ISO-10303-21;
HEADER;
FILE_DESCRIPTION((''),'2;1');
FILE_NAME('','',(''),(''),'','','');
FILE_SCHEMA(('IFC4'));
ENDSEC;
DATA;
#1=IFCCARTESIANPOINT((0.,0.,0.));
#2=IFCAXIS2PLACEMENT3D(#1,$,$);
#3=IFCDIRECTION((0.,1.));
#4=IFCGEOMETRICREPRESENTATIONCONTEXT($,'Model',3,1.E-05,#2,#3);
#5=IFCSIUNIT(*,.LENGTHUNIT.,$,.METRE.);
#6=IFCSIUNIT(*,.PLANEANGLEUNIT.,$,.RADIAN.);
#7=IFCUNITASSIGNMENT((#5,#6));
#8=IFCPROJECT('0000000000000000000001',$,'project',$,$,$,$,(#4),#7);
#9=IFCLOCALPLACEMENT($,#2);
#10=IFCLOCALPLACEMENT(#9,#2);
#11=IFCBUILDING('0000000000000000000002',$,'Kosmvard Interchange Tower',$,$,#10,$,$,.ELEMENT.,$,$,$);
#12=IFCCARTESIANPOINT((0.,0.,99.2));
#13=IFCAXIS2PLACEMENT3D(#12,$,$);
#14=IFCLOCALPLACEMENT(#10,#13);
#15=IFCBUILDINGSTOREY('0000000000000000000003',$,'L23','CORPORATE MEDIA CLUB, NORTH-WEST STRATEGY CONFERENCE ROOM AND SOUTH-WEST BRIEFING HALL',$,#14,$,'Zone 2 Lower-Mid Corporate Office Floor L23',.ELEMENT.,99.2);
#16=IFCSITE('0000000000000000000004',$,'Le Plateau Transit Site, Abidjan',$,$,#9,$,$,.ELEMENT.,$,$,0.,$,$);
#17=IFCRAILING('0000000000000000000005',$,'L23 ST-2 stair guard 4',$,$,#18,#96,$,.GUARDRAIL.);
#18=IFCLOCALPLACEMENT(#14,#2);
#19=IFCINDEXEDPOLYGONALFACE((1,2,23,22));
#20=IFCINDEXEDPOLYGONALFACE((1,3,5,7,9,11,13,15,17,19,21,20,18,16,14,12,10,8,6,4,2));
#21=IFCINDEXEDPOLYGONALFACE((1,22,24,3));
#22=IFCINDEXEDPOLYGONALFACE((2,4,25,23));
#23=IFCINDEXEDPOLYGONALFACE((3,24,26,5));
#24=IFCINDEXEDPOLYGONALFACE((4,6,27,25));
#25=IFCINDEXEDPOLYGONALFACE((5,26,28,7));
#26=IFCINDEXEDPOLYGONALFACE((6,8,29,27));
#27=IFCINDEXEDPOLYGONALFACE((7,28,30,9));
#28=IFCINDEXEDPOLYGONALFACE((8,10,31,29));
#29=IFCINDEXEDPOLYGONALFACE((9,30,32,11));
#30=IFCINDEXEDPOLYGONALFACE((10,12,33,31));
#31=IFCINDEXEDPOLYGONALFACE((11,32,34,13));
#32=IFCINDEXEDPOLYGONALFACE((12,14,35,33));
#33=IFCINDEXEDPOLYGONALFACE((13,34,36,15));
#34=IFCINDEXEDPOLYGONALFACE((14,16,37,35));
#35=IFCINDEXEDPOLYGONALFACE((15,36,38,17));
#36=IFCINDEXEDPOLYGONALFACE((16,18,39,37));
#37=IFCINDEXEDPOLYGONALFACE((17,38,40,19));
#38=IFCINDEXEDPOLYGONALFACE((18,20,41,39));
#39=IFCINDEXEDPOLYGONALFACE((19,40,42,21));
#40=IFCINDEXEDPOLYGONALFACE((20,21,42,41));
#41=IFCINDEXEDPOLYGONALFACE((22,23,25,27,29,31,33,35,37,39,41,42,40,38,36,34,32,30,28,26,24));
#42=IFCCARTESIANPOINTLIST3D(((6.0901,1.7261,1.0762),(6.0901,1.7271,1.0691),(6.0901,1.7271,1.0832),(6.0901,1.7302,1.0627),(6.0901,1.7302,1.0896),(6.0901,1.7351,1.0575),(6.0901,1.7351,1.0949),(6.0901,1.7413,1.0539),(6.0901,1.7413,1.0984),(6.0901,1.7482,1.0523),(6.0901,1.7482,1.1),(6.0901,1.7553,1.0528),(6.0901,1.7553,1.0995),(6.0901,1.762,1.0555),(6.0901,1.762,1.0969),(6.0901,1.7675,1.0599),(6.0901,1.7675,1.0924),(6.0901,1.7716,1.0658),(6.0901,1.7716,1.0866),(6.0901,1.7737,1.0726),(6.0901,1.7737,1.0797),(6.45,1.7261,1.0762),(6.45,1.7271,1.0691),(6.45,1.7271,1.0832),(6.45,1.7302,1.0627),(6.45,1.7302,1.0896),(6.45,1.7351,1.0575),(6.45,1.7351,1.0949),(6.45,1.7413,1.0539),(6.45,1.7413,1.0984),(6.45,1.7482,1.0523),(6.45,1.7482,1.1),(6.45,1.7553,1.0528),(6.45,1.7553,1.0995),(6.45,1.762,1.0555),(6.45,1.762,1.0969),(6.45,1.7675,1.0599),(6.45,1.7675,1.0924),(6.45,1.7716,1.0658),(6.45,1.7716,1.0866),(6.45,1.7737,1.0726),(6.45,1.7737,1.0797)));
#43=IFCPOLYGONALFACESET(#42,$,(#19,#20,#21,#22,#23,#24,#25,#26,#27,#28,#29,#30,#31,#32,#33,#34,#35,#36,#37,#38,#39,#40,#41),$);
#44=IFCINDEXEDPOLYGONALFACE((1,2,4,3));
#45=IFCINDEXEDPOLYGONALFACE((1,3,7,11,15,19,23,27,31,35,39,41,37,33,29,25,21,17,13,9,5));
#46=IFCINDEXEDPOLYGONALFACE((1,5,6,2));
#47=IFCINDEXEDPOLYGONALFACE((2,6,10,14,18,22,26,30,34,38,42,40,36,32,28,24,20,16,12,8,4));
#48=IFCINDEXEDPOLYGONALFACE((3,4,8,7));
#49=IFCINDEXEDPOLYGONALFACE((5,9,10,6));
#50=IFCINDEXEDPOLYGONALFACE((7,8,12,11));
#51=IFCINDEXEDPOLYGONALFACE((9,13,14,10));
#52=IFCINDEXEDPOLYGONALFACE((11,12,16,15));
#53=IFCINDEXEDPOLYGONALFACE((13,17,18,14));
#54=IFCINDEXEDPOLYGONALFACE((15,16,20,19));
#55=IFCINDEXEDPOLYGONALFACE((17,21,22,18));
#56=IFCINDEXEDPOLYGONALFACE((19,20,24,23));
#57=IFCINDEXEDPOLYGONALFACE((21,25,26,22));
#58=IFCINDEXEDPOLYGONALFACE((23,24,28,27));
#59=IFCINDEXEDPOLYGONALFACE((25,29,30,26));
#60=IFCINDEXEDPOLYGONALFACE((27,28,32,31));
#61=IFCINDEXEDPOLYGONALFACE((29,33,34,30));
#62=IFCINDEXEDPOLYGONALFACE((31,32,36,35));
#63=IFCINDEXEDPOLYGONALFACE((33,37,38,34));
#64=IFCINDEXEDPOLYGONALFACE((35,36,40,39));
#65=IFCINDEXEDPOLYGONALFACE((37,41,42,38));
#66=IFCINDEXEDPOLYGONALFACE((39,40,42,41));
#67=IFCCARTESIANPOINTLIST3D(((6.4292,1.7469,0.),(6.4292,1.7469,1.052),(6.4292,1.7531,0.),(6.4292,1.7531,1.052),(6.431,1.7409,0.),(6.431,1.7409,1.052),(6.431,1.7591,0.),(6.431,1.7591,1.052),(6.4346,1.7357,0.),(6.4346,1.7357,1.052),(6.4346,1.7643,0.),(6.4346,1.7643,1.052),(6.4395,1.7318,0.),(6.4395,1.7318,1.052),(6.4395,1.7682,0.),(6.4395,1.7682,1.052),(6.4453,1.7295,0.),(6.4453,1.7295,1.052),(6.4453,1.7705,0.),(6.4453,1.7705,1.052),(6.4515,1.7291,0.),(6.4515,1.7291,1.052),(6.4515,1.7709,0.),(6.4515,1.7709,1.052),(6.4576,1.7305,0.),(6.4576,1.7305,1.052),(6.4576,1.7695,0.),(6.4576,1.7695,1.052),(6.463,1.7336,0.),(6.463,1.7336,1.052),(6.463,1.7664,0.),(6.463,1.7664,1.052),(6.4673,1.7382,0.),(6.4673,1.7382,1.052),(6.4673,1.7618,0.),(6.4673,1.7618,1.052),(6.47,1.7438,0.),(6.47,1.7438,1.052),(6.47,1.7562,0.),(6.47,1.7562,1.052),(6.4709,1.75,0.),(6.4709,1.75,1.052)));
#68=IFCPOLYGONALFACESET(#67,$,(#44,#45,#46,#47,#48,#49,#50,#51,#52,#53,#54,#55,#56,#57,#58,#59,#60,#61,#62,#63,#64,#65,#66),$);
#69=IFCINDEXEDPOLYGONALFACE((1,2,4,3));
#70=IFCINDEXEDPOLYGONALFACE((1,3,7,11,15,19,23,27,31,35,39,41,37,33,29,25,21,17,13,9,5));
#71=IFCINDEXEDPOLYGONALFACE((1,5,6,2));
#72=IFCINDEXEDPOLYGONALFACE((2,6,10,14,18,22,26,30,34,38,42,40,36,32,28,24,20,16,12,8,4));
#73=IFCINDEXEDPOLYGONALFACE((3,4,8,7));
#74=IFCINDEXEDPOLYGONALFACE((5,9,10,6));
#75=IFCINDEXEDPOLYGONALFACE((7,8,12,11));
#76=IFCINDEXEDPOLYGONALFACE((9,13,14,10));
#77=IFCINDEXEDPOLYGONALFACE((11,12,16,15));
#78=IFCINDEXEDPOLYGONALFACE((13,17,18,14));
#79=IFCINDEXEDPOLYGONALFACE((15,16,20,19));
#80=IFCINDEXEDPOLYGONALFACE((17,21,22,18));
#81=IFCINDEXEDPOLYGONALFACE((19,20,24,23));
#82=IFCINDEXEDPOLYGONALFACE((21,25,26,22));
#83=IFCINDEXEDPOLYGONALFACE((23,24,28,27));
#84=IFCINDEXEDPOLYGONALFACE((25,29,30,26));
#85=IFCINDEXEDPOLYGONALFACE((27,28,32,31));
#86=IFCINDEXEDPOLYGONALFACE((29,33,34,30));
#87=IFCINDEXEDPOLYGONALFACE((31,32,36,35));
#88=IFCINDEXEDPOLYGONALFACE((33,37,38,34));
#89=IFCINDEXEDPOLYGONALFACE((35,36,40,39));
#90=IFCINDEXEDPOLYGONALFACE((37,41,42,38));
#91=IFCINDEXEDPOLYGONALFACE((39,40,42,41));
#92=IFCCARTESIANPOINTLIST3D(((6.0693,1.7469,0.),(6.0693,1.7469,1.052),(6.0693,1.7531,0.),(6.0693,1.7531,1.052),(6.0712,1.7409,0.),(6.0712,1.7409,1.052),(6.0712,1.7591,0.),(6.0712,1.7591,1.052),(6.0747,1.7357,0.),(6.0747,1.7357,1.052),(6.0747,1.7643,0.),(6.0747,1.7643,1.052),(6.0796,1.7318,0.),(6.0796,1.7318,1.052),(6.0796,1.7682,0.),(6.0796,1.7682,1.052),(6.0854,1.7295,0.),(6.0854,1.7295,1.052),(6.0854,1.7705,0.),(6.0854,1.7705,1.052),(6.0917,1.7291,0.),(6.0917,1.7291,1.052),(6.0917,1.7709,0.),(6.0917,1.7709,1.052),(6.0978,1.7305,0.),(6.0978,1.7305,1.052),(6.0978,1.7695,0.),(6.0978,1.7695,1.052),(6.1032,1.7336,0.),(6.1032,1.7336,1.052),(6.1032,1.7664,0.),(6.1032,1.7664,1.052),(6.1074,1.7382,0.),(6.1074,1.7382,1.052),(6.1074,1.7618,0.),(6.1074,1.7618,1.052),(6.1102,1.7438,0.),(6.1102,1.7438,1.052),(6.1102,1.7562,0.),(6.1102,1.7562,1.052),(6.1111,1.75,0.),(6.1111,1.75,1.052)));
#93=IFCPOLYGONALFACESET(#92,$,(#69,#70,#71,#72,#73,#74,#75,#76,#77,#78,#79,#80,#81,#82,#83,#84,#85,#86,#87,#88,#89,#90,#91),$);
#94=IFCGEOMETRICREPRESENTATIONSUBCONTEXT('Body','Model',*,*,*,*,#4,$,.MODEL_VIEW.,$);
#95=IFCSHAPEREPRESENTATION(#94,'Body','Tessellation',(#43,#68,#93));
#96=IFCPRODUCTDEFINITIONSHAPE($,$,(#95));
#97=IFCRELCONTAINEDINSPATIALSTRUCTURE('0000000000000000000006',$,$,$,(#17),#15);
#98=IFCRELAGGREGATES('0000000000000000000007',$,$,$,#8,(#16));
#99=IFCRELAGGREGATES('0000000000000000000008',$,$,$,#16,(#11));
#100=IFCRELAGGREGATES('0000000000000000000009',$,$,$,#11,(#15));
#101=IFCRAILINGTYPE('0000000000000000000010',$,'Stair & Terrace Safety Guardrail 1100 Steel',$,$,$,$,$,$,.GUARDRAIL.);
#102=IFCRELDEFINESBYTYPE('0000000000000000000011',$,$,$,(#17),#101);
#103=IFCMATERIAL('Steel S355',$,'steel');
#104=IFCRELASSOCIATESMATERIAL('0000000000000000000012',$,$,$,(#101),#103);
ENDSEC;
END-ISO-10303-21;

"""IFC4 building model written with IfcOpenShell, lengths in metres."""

from ifc_helpers import new_model, si_unit, direction, frame, origin, origin_2d, place, context, subcontext, project, spatial, circle, extrude, source, transform, mapped, material, type_object, element, save


model = new_model("IFC4")

# Units and contexts
model_context = context("Model", 3, precision=1e-05, world=origin(), true_north=direction((0.0, 1.0)))
body_context = subcontext(model_context, "Body", "Model", "MODEL_VIEW")
ifc_project = project(units=[si_unit("LENGTHUNIT", "METRE"), si_unit("PLANEANGLEUNIT", "RADIAN")], contexts=[model_context])

# Site, building, storey
site_placement = place(None, origin())
site = spatial("IfcSite", under=ifc_project, at=site_placement, Name="Le Plateau Transit Site, Abidjan", CompositionType="ELEMENT", RefElevation=0.0)
building_placement = place(site_placement, origin())
building = spatial("IfcBuilding", under=site, at=building_placement, Name="Kosmvard Interchange Tower", CompositionType="ELEMENT")
storey_placement = place(building_placement, frame((0.0, 0.0, 99.2)))
storey = spatial("IfcBuildingStorey", under=building, at=storey_placement, Name="L23", Description="CORPORATE MEDIA CLUB, NORTH-WEST STRATEGY CONFERENCE ROOM AND SOUTH-WEST BRIEFING HALL", LongName="Zone 2 Lower-Mid Corporate Office Floor L23", CompositionType="ELEMENT", Elevation=99.2)

# Railing
ifc_material_1 = material(Name="Steel S355", Category="steel")
railing_type_1 = type_object("IfcRailingType", Name="Stair & Terrace Safety Guardrail 1100 Steel", PredefinedType="GUARDRAIL", material=ifc_material_1)
shared_shape_1 = source(origin(), body_context, "Body", "SweptSolid", [
    extrude(circle(Radius=0.0239, at=origin_2d()), frame((0.0, 0.0, 1.0762), z_axis=(-1.0, 0.0, 0.0), x_axis=(0.0, -1.0, 0.0)), (0.0, 0.0, 1.0), 0.3599),
    extrude(circle(Radius=0.021, at=origin_2d()), origin(), (0.0, 0.0, 1.0), 1.052),
    extrude(circle(Radius=0.021, at=origin_2d()), frame((-0.3599, 0.0, 0.0)), (0.0, 0.0, 1.0), 1.052),
])
for number, where, name in (
    (1, (6.45, 1.75, 0.0), "L23 ST-2 stair guard 4"),
):
    element("IfcRailing", number, at=place(storey_placement, frame(where)), inside=storey, type_object=railing_type_1, Name=name, PredefinedType="GUARDRAIL", context=body_context, shape_type="MappedRepresentation", body=[
        mapped(shared_shape_1, transform((0.0, 0.0, 0.0), scale=1.0)),
    ])

save(model, "model.ifc")
